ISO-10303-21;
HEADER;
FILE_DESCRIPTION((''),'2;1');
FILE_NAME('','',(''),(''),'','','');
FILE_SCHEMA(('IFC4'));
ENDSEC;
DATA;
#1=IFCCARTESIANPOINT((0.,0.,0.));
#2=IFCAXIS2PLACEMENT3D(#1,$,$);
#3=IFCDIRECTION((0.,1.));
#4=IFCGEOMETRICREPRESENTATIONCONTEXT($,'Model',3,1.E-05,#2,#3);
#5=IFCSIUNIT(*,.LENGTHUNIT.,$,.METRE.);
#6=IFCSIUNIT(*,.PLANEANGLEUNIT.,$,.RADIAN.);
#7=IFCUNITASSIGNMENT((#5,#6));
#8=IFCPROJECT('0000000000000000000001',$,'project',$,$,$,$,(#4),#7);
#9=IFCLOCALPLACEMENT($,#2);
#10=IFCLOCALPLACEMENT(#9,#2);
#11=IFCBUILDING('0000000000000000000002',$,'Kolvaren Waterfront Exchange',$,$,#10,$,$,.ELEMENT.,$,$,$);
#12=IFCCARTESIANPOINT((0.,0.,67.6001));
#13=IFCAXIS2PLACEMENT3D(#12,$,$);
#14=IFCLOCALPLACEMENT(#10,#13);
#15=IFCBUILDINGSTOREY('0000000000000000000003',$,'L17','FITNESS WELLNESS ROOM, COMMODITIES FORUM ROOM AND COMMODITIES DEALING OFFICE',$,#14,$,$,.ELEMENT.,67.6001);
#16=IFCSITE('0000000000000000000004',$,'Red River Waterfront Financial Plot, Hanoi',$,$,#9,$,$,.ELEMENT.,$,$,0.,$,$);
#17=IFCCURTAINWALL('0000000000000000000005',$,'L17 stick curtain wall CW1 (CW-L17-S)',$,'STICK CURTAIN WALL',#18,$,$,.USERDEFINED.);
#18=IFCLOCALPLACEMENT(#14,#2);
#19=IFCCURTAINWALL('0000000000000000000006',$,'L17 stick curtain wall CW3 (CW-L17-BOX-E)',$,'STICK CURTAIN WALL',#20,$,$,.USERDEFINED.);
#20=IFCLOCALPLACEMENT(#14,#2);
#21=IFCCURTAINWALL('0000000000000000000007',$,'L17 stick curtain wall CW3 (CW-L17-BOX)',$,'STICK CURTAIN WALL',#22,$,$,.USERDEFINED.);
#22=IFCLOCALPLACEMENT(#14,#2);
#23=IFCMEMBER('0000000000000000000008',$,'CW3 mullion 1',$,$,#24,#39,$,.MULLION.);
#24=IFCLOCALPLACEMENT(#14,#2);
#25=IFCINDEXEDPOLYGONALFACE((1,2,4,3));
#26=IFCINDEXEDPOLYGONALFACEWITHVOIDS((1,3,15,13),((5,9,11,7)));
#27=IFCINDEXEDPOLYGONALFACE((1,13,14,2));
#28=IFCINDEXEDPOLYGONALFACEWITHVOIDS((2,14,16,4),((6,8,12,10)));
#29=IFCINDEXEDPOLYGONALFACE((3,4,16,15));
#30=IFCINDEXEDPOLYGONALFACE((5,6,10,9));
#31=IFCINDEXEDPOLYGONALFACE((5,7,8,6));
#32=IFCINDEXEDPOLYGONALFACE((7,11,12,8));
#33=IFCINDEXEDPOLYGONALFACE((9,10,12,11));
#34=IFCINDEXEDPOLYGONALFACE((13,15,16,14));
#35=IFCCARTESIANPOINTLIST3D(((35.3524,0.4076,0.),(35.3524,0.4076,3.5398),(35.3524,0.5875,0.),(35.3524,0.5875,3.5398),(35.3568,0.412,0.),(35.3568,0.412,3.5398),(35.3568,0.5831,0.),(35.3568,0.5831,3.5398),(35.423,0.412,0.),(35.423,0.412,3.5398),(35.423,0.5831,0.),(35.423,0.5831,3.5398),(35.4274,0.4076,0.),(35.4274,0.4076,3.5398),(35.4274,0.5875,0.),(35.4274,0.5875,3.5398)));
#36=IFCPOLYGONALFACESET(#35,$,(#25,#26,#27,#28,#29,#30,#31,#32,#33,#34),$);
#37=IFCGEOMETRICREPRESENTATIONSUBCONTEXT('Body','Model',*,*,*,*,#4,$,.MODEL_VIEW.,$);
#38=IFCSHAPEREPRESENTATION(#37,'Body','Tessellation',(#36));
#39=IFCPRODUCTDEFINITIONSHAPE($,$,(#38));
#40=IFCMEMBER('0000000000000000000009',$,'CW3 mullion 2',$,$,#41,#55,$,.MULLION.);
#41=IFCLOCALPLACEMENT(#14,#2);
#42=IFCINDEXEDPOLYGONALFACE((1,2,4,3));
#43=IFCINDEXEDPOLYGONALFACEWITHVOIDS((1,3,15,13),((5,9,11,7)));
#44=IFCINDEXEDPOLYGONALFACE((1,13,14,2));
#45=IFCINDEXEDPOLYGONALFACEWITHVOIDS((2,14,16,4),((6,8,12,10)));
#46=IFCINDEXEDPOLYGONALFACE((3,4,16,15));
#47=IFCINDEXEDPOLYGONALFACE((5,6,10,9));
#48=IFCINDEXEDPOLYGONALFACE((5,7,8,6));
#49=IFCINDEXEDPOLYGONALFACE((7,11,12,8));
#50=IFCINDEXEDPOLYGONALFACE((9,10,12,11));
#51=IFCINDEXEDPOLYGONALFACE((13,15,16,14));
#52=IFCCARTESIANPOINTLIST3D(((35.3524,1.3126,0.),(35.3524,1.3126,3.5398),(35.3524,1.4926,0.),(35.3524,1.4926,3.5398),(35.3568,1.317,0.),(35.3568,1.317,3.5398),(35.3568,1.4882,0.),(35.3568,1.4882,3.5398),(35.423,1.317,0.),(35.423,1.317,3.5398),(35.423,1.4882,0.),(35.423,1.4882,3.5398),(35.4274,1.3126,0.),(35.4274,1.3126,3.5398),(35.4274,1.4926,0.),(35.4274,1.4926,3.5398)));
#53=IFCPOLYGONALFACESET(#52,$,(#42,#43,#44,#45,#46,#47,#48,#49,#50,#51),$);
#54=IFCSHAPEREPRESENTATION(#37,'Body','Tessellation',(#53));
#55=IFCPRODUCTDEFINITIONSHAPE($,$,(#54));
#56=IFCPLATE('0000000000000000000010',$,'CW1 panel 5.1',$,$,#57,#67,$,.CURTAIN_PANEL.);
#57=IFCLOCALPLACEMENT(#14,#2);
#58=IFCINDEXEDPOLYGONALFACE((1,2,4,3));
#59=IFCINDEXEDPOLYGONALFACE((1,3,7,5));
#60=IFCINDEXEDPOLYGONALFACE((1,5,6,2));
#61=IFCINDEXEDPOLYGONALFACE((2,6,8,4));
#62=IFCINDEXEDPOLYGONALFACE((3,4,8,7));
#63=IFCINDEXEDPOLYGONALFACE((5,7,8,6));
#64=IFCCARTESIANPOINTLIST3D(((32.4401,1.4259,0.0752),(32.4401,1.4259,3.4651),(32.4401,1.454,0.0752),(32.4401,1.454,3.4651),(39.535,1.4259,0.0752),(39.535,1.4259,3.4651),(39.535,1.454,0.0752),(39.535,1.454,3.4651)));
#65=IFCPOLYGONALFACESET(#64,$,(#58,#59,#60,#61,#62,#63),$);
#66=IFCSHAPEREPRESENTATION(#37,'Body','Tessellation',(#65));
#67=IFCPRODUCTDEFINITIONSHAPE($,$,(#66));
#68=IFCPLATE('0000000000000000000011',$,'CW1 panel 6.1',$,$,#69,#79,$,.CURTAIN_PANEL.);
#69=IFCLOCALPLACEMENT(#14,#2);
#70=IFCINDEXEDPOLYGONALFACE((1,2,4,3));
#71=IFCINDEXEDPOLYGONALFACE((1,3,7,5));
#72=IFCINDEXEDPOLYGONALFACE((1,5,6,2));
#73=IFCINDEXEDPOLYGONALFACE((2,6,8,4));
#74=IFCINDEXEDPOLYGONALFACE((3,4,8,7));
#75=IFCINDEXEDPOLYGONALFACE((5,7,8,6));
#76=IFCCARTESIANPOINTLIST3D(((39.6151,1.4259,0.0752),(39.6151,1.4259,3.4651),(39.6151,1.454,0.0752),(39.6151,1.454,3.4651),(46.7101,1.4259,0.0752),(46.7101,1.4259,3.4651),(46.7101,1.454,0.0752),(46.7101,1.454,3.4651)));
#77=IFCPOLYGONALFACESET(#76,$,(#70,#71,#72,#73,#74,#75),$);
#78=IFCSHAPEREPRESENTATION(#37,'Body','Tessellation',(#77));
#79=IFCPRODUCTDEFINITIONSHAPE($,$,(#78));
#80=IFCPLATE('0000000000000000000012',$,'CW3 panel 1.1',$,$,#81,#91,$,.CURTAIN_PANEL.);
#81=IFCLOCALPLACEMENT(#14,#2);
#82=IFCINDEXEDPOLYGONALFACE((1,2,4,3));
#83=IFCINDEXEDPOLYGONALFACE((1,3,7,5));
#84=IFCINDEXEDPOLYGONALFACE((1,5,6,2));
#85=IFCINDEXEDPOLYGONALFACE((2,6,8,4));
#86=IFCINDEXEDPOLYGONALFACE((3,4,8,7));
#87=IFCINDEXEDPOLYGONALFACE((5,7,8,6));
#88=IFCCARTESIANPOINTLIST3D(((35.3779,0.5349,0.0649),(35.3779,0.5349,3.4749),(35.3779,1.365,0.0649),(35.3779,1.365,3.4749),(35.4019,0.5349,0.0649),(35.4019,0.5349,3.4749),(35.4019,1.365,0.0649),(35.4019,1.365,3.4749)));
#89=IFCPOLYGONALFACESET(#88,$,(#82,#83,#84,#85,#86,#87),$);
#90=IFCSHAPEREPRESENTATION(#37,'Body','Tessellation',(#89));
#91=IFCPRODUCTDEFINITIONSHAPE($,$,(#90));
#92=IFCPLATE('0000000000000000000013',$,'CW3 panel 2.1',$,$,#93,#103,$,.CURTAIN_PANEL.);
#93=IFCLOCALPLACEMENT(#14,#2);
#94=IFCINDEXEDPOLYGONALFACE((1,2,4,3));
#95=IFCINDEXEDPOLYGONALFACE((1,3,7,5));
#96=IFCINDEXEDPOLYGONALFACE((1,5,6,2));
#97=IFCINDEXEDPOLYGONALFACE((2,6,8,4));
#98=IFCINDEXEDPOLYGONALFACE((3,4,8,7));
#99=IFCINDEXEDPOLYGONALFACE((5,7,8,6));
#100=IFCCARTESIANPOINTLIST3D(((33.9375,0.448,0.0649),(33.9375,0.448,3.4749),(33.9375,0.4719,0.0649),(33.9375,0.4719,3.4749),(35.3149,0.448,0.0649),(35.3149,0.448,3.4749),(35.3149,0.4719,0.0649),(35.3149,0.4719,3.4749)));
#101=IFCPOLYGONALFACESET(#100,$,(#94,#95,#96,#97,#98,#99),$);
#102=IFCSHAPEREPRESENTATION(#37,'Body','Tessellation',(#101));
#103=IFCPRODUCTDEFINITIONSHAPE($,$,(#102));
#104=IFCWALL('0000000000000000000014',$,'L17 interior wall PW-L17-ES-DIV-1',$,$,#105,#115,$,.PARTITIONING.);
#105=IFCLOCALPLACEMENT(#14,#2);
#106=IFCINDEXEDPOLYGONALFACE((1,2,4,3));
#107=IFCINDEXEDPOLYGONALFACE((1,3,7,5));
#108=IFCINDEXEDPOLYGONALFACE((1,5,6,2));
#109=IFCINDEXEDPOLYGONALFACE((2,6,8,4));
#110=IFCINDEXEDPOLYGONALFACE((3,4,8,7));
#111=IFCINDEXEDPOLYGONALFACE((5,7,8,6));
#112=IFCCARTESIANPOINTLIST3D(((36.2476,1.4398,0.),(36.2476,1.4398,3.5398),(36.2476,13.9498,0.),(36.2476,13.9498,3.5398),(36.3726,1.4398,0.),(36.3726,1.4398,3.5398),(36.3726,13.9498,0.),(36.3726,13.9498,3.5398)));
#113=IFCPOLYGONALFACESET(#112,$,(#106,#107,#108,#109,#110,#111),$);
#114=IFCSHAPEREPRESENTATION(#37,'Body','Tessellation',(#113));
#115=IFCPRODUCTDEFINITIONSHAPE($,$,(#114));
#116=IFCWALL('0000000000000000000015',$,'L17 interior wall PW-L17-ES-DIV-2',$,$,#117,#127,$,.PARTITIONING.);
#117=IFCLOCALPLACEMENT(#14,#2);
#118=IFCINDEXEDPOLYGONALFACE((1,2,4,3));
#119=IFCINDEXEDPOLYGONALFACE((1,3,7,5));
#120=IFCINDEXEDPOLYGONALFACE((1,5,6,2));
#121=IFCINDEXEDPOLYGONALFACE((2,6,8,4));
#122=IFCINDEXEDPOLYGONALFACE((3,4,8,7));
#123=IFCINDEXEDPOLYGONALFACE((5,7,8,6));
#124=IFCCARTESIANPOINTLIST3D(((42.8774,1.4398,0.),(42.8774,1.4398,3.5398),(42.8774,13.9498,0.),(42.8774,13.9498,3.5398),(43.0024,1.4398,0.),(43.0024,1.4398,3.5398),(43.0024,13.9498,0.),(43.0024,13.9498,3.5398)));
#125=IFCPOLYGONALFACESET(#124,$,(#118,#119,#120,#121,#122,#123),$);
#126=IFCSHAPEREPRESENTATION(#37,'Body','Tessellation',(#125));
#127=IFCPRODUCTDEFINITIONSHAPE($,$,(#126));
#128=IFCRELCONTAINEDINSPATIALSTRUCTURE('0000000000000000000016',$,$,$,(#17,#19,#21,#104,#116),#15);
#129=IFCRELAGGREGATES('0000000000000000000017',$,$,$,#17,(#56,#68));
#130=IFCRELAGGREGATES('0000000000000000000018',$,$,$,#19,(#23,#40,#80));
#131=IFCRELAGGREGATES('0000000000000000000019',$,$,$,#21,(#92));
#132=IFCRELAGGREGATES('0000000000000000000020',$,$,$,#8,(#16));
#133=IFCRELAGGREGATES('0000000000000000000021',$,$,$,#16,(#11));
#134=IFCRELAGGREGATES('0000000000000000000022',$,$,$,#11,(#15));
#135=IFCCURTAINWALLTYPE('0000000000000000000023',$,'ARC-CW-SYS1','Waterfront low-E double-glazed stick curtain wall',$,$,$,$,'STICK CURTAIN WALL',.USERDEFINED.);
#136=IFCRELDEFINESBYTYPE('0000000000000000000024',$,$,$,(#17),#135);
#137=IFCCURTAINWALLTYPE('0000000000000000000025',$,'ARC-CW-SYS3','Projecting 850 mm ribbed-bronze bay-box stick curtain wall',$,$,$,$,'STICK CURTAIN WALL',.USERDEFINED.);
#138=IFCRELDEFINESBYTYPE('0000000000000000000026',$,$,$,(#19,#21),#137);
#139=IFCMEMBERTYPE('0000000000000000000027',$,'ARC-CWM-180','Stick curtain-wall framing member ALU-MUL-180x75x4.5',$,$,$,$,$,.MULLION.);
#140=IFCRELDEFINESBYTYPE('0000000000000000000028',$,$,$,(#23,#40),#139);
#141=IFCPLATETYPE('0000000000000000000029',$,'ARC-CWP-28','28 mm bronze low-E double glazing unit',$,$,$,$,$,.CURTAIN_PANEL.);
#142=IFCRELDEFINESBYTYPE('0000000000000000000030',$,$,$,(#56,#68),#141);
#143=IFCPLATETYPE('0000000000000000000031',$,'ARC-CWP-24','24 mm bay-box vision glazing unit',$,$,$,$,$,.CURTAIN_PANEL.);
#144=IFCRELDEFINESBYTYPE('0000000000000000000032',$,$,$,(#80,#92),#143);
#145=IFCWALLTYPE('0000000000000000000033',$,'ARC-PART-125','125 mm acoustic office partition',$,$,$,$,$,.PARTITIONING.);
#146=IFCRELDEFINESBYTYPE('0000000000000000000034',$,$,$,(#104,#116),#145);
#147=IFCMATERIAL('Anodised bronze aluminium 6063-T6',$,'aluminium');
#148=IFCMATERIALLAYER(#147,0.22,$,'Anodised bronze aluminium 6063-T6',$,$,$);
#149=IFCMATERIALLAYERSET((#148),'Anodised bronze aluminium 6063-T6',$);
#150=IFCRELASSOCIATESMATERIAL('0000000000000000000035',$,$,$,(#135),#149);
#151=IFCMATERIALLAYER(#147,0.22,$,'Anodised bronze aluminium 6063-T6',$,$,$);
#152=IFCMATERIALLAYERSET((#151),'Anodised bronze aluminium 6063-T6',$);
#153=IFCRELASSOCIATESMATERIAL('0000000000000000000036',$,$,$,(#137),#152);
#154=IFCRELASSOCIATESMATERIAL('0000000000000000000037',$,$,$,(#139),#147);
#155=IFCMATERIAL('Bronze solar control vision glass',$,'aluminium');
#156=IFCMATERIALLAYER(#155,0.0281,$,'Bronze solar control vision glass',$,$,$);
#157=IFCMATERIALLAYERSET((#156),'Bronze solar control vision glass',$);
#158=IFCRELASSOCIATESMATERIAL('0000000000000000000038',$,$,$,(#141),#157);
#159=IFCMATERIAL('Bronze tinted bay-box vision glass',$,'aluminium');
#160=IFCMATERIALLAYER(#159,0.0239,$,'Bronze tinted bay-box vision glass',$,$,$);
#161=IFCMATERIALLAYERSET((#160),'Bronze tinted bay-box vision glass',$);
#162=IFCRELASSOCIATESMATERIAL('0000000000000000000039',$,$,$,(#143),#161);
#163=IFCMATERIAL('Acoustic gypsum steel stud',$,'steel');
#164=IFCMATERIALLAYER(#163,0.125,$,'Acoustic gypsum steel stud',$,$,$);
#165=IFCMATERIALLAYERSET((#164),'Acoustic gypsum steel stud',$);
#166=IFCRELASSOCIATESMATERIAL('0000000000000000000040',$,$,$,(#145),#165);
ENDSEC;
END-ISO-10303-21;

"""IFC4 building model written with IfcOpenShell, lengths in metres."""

from ifc_helpers import new_model, si_unit, direction, frame, frame_2d, origin, origin_with_axes, origin_2d, place, context, subcontext, project, spatial, rectangle, hollow_rectangle, extrude, source, transform, mapped, material, layer, layer_set, material_profile, profile_set, type_object, element, aggregate, save


model = new_model("IFC4")

# Units and contexts
model_context = context("Model", 3, precision=1e-05, world=origin(), true_north=direction((0.0, 1.0)))
body_context = subcontext(model_context, "Body", "Model", "MODEL_VIEW")
ifc_project = project(units=[si_unit("LENGTHUNIT", "METRE"), si_unit("PLANEANGLEUNIT", "RADIAN")], contexts=[model_context])

# Site, building, storey
site_placement = place(None, origin())
site = spatial("IfcSite", under=ifc_project, at=site_placement, Name="Red River Waterfront Financial Plot, Hanoi", CompositionType="ELEMENT", RefElevation=0.0)
building_placement = place(site_placement, origin())
building = spatial("IfcBuilding", under=site, at=building_placement, Name="Kolvaren Waterfront Exchange", CompositionType="ELEMENT")
storey_placement = place(building_placement, frame((0.0, 0.0, 67.6001)))
storey = spatial("IfcBuildingStorey", under=building, at=storey_placement, Name="L17", Description="FITNESS WELLNESS ROOM, COMMODITIES FORUM ROOM AND COMMODITIES DEALING OFFICE", CompositionType="ELEMENT", Elevation=67.6001)

# Curtain walls
ifc_material_1 = material(Name="Anodised bronze aluminium 6063-T6", Category="aluminium")
ifc_layer_1 = layer(ifc_material_1, 0.22, Name="Anodised bronze aluminium 6063-T6")
ifc_layer_set_1 = layer_set([ifc_layer_1], Name="Anodised bronze aluminium 6063-T6")
curtain_wall_type_1 = type_object("IfcCurtainWallType", Name="ARC-CW-SYS1", Description="Waterfront low-E double-glazed stick curtain wall", ElementType="STICK CURTAIN WALL", PredefinedType="USERDEFINED", material=ifc_layer_set_1)
curtain_wall_1_placement = place(storey_placement, origin())
curtain_wall_1 = element("IfcCurtainWall", 1, at=curtain_wall_1_placement, inside=storey, type_object=curtain_wall_type_1, Name="L17 stick curtain wall CW1 (CW-L17-S)", ObjectType="STICK CURTAIN WALL", PredefinedType="USERDEFINED")
ifc_layer_2 = layer(ifc_material_1, 0.22, Name="Anodised bronze aluminium 6063-T6")
ifc_layer_set_2 = layer_set([ifc_layer_2], Name="Anodised bronze aluminium 6063-T6")
curtain_wall_type_2 = type_object("IfcCurtainWallType", Name="ARC-CW-SYS3", Description="Projecting 850 mm ribbed-bronze bay-box stick curtain wall", ElementType="STICK CURTAIN WALL", PredefinedType="USERDEFINED", material=ifc_layer_set_2)
curtain_wall_2_placement = place(storey_placement, origin())
curtain_wall_2 = element("IfcCurtainWall", 2, at=curtain_wall_2_placement, inside=storey, type_object=curtain_wall_type_2, Name="L17 stick curtain wall CW3 (CW-L17-BOX-E)", ObjectType="STICK CURTAIN WALL", PredefinedType="USERDEFINED")
curtain_wall_3_placement = place(storey_placement, origin())
curtain_wall_3 = element("IfcCurtainWall", 3, at=curtain_wall_3_placement, inside=storey, type_object=curtain_wall_type_2, Name="L17 stick curtain wall CW3 (CW-L17-BOX)", ObjectType="STICK CURTAIN WALL", PredefinedType="USERDEFINED")
ifc_material_profile_1 = material_profile(ifc_material_1, hollow_rectangle(XDim=0.075, YDim=0.1799, WallThickness=0.0044, at=origin_2d()), Name="ALU-MUL-180x75x4.5")
ifc_profile_set_1 = profile_set([ifc_material_profile_1], Name="Anodised bronze aluminium 6063-T6")
member_type_1 = type_object("IfcMemberType", Name="ARC-CWM-180", Description="Stick curtain-wall framing member ALU-MUL-180x75x4.5", PredefinedType="MULLION", material=ifc_profile_set_1)
shared_shape_1 = source(origin_with_axes(), body_context, "Body", "SweptSolid", [
    extrude(hollow_rectangle(XDim=0.075, YDim=0.1799, WallThickness=0.0044, at=origin_2d()), origin(), (0.0, 0.0, 1.0), 3.5398),
])

# Members
member_1_placement = place(storey_placement, frame((35.3899, 0.4976, 0.0), z_axis=(0.0, 0.0, 1.0), x_axis=(-1.0, 0.0, 0.0)))
member_1 = element("IfcMember", 4, at=member_1_placement, type_object=member_type_1, Name="CW3 mullion 1", PredefinedType="MULLION", context=body_context, shape_type="MappedRepresentation", body=[
    mapped(shared_shape_1, transform((0.0, 0.0, 0.0), x_axis=(1.0, 0.0, 0.0), y_axis=(0.0, 1.0, 0.0), z_axis=(0.0, 0.0, 1.0), scale=1.0)),
])
member_2_placement = place(storey_placement, frame((35.3899, 1.4026, 0.0), z_axis=(0.0, 0.0, 1.0), x_axis=(-1.0, 0.0, 0.0)))
member_2 = element("IfcMember", 5, at=member_2_placement, type_object=member_type_1, Name="CW3 mullion 2", PredefinedType="MULLION", context=body_context, shape_type="MappedRepresentation", body=[
    mapped(shared_shape_1, transform((0.0, 0.0, 0.0), x_axis=(1.0, 0.0, 0.0), y_axis=(0.0, 1.0, 0.0), z_axis=(0.0, 0.0, 1.0), scale=1.0)),
])

# Plates
ifc_material_2 = material(Name="Bronze solar control vision glass", Category="aluminium")
ifc_layer_3 = layer(ifc_material_2, 0.0281, Name="Bronze solar control vision glass")
ifc_layer_set_3 = layer_set([ifc_layer_3], Name="Bronze solar control vision glass")
plate_type_1 = type_object("IfcPlateType", Name="ARC-CWP-28", Description="28 mm bronze low-E double glazing unit", PredefinedType="CURTAIN_PANEL", material=ifc_layer_set_3)
shared_shape_2 = source(origin_with_axes(), body_context, "Body", "SweptSolid", [
    extrude(rectangle(XDim=7.095, YDim=0.0281, at=origin_2d()), origin(), (0.0, 0.0, 1.0), 3.3899),
])
plate_1_placement = place(storey_placement, frame((35.9875, 1.4399, 0.0752), z_axis=(0.0, 0.0, 1.0), x_axis=(1.0, 0.0, 0.0)))
plate_1 = element("IfcPlate", 6, at=plate_1_placement, type_object=plate_type_1, Name="CW1 panel 5.1", PredefinedType="CURTAIN_PANEL", context=body_context, shape_type="MappedRepresentation", body=[
    mapped(shared_shape_2, transform((0.0, 0.0, 0.0), x_axis=(1.0, 0.0, 0.0), y_axis=(0.0, 1.0, 0.0), z_axis=(0.0, 0.0, 1.0), scale=1.0)),
])
plate_2_placement = place(storey_placement, frame((43.1626, 1.4399, 0.0752), z_axis=(0.0, 0.0, 1.0), x_axis=(1.0, 0.0, 0.0)))
plate_2 = element("IfcPlate", 7, at=plate_2_placement, type_object=plate_type_1, Name="CW1 panel 6.1", PredefinedType="CURTAIN_PANEL", context=body_context, shape_type="MappedRepresentation", body=[
    mapped(shared_shape_2, transform((0.0, 0.0, 0.0), x_axis=(1.0, 0.0, 0.0), y_axis=(0.0, 1.0, 0.0), z_axis=(0.0, 0.0, 1.0), scale=1.0)),
])
aggregate(curtain_wall_1, [plate_1, plate_2])
ifc_material_3 = material(Name="Bronze tinted bay-box vision glass", Category="aluminium")
ifc_layer_4 = layer(ifc_material_3, 0.0239, Name="Bronze tinted bay-box vision glass")
ifc_layer_set_4 = layer_set([ifc_layer_4], Name="Bronze tinted bay-box vision glass")
plate_type_2 = type_object("IfcPlateType", Name="ARC-CWP-24", Description="24 mm bay-box vision glazing unit", PredefinedType="CURTAIN_PANEL", material=ifc_layer_set_4)
shared_shape_3 = source(origin_with_axes(), body_context, "Body", "SweptSolid", [
    extrude(rectangle(XDim=0.8301, YDim=0.0239, at=origin_2d()), origin(), (0.0, 0.0, 1.0), 3.4099),
])
plate_3_placement = place(storey_placement, frame((35.3899, 0.95, 0.0649), z_axis=(0.0, 0.0, 1.0), x_axis=(0.0, 1.0, 0.0)))
plate_3 = element("IfcPlate", 8, at=plate_3_placement, type_object=plate_type_2, Name="CW3 panel 1.1", PredefinedType="CURTAIN_PANEL", context=body_context, shape_type="MappedRepresentation", body=[
    mapped(shared_shape_3, transform((0.0, 0.0, 0.0), x_axis=(1.0, 0.0, 0.0), y_axis=(0.0, 1.0, 0.0), z_axis=(0.0, 0.0, 1.0), scale=1.0)),
])
aggregate(curtain_wall_2, [member_1, member_2, plate_3])
shared_shape_4 = source(origin_with_axes(), body_context, "Body", "SweptSolid", [
    extrude(rectangle(XDim=1.3774, YDim=0.0239, at=origin_2d()), origin(), (0.0, 0.0, 1.0), 3.4099),
])
plate_4_placement = place(storey_placement, frame((34.6262, 0.46, 0.0649), z_axis=(0.0, 0.0, 1.0), x_axis=(1.0, 0.0, 0.0)))
plate_4 = element("IfcPlate", 9, at=plate_4_placement, type_object=plate_type_2, Name="CW3 panel 2.1", PredefinedType="CURTAIN_PANEL", context=body_context, shape_type="MappedRepresentation", body=[
    mapped(shared_shape_4, transform((0.0, 0.0, 0.0), x_axis=(1.0, 0.0, 0.0), y_axis=(0.0, 1.0, 0.0), z_axis=(0.0, 0.0, 1.0), scale=1.0)),
])
aggregate(curtain_wall_3, [plate_4])

# Walls
ifc_material_4 = material(Name="Acoustic gypsum steel stud", Category="steel")
ifc_layer_5 = layer(ifc_material_4, 0.125, Name="Acoustic gypsum steel stud")
ifc_layer_set_5 = layer_set([ifc_layer_5], Name="Acoustic gypsum steel stud")
wall_type = type_object("IfcWallType", Name="ARC-PART-125", Description="125 mm acoustic office partition", PredefinedType="PARTITIONING", material=ifc_layer_set_5)
for number, where, z_axis, x_axis, name in (
    (10, (36.3101, 1.4399, 0.0), (0.0, 0.0, 1.0), (0.0, 1.0, 0.0), "L17 interior wall PW-L17-ES-DIV-1"),
    (11, (42.9399, 1.4399, 0.0), (0.0, 0.0, 1.0), (0.0, 1.0, 0.0), "L17 interior wall PW-L17-ES-DIV-2"),
):
    element("IfcWall", number, at=place(storey_placement, frame(where, z_axis=z_axis, x_axis=x_axis)), inside=storey, type_object=wall_type, Name=name, PredefinedType="PARTITIONING", context=body_context, shape_type="SweptSolid", body=[
        extrude(rectangle(XDim=12.51, YDim=0.125, at=frame_2d((6.2549, 0.0))), origin(), (0.0, 0.0, 1.0), 3.5398),
    ])

save(model, "model.ifc")
